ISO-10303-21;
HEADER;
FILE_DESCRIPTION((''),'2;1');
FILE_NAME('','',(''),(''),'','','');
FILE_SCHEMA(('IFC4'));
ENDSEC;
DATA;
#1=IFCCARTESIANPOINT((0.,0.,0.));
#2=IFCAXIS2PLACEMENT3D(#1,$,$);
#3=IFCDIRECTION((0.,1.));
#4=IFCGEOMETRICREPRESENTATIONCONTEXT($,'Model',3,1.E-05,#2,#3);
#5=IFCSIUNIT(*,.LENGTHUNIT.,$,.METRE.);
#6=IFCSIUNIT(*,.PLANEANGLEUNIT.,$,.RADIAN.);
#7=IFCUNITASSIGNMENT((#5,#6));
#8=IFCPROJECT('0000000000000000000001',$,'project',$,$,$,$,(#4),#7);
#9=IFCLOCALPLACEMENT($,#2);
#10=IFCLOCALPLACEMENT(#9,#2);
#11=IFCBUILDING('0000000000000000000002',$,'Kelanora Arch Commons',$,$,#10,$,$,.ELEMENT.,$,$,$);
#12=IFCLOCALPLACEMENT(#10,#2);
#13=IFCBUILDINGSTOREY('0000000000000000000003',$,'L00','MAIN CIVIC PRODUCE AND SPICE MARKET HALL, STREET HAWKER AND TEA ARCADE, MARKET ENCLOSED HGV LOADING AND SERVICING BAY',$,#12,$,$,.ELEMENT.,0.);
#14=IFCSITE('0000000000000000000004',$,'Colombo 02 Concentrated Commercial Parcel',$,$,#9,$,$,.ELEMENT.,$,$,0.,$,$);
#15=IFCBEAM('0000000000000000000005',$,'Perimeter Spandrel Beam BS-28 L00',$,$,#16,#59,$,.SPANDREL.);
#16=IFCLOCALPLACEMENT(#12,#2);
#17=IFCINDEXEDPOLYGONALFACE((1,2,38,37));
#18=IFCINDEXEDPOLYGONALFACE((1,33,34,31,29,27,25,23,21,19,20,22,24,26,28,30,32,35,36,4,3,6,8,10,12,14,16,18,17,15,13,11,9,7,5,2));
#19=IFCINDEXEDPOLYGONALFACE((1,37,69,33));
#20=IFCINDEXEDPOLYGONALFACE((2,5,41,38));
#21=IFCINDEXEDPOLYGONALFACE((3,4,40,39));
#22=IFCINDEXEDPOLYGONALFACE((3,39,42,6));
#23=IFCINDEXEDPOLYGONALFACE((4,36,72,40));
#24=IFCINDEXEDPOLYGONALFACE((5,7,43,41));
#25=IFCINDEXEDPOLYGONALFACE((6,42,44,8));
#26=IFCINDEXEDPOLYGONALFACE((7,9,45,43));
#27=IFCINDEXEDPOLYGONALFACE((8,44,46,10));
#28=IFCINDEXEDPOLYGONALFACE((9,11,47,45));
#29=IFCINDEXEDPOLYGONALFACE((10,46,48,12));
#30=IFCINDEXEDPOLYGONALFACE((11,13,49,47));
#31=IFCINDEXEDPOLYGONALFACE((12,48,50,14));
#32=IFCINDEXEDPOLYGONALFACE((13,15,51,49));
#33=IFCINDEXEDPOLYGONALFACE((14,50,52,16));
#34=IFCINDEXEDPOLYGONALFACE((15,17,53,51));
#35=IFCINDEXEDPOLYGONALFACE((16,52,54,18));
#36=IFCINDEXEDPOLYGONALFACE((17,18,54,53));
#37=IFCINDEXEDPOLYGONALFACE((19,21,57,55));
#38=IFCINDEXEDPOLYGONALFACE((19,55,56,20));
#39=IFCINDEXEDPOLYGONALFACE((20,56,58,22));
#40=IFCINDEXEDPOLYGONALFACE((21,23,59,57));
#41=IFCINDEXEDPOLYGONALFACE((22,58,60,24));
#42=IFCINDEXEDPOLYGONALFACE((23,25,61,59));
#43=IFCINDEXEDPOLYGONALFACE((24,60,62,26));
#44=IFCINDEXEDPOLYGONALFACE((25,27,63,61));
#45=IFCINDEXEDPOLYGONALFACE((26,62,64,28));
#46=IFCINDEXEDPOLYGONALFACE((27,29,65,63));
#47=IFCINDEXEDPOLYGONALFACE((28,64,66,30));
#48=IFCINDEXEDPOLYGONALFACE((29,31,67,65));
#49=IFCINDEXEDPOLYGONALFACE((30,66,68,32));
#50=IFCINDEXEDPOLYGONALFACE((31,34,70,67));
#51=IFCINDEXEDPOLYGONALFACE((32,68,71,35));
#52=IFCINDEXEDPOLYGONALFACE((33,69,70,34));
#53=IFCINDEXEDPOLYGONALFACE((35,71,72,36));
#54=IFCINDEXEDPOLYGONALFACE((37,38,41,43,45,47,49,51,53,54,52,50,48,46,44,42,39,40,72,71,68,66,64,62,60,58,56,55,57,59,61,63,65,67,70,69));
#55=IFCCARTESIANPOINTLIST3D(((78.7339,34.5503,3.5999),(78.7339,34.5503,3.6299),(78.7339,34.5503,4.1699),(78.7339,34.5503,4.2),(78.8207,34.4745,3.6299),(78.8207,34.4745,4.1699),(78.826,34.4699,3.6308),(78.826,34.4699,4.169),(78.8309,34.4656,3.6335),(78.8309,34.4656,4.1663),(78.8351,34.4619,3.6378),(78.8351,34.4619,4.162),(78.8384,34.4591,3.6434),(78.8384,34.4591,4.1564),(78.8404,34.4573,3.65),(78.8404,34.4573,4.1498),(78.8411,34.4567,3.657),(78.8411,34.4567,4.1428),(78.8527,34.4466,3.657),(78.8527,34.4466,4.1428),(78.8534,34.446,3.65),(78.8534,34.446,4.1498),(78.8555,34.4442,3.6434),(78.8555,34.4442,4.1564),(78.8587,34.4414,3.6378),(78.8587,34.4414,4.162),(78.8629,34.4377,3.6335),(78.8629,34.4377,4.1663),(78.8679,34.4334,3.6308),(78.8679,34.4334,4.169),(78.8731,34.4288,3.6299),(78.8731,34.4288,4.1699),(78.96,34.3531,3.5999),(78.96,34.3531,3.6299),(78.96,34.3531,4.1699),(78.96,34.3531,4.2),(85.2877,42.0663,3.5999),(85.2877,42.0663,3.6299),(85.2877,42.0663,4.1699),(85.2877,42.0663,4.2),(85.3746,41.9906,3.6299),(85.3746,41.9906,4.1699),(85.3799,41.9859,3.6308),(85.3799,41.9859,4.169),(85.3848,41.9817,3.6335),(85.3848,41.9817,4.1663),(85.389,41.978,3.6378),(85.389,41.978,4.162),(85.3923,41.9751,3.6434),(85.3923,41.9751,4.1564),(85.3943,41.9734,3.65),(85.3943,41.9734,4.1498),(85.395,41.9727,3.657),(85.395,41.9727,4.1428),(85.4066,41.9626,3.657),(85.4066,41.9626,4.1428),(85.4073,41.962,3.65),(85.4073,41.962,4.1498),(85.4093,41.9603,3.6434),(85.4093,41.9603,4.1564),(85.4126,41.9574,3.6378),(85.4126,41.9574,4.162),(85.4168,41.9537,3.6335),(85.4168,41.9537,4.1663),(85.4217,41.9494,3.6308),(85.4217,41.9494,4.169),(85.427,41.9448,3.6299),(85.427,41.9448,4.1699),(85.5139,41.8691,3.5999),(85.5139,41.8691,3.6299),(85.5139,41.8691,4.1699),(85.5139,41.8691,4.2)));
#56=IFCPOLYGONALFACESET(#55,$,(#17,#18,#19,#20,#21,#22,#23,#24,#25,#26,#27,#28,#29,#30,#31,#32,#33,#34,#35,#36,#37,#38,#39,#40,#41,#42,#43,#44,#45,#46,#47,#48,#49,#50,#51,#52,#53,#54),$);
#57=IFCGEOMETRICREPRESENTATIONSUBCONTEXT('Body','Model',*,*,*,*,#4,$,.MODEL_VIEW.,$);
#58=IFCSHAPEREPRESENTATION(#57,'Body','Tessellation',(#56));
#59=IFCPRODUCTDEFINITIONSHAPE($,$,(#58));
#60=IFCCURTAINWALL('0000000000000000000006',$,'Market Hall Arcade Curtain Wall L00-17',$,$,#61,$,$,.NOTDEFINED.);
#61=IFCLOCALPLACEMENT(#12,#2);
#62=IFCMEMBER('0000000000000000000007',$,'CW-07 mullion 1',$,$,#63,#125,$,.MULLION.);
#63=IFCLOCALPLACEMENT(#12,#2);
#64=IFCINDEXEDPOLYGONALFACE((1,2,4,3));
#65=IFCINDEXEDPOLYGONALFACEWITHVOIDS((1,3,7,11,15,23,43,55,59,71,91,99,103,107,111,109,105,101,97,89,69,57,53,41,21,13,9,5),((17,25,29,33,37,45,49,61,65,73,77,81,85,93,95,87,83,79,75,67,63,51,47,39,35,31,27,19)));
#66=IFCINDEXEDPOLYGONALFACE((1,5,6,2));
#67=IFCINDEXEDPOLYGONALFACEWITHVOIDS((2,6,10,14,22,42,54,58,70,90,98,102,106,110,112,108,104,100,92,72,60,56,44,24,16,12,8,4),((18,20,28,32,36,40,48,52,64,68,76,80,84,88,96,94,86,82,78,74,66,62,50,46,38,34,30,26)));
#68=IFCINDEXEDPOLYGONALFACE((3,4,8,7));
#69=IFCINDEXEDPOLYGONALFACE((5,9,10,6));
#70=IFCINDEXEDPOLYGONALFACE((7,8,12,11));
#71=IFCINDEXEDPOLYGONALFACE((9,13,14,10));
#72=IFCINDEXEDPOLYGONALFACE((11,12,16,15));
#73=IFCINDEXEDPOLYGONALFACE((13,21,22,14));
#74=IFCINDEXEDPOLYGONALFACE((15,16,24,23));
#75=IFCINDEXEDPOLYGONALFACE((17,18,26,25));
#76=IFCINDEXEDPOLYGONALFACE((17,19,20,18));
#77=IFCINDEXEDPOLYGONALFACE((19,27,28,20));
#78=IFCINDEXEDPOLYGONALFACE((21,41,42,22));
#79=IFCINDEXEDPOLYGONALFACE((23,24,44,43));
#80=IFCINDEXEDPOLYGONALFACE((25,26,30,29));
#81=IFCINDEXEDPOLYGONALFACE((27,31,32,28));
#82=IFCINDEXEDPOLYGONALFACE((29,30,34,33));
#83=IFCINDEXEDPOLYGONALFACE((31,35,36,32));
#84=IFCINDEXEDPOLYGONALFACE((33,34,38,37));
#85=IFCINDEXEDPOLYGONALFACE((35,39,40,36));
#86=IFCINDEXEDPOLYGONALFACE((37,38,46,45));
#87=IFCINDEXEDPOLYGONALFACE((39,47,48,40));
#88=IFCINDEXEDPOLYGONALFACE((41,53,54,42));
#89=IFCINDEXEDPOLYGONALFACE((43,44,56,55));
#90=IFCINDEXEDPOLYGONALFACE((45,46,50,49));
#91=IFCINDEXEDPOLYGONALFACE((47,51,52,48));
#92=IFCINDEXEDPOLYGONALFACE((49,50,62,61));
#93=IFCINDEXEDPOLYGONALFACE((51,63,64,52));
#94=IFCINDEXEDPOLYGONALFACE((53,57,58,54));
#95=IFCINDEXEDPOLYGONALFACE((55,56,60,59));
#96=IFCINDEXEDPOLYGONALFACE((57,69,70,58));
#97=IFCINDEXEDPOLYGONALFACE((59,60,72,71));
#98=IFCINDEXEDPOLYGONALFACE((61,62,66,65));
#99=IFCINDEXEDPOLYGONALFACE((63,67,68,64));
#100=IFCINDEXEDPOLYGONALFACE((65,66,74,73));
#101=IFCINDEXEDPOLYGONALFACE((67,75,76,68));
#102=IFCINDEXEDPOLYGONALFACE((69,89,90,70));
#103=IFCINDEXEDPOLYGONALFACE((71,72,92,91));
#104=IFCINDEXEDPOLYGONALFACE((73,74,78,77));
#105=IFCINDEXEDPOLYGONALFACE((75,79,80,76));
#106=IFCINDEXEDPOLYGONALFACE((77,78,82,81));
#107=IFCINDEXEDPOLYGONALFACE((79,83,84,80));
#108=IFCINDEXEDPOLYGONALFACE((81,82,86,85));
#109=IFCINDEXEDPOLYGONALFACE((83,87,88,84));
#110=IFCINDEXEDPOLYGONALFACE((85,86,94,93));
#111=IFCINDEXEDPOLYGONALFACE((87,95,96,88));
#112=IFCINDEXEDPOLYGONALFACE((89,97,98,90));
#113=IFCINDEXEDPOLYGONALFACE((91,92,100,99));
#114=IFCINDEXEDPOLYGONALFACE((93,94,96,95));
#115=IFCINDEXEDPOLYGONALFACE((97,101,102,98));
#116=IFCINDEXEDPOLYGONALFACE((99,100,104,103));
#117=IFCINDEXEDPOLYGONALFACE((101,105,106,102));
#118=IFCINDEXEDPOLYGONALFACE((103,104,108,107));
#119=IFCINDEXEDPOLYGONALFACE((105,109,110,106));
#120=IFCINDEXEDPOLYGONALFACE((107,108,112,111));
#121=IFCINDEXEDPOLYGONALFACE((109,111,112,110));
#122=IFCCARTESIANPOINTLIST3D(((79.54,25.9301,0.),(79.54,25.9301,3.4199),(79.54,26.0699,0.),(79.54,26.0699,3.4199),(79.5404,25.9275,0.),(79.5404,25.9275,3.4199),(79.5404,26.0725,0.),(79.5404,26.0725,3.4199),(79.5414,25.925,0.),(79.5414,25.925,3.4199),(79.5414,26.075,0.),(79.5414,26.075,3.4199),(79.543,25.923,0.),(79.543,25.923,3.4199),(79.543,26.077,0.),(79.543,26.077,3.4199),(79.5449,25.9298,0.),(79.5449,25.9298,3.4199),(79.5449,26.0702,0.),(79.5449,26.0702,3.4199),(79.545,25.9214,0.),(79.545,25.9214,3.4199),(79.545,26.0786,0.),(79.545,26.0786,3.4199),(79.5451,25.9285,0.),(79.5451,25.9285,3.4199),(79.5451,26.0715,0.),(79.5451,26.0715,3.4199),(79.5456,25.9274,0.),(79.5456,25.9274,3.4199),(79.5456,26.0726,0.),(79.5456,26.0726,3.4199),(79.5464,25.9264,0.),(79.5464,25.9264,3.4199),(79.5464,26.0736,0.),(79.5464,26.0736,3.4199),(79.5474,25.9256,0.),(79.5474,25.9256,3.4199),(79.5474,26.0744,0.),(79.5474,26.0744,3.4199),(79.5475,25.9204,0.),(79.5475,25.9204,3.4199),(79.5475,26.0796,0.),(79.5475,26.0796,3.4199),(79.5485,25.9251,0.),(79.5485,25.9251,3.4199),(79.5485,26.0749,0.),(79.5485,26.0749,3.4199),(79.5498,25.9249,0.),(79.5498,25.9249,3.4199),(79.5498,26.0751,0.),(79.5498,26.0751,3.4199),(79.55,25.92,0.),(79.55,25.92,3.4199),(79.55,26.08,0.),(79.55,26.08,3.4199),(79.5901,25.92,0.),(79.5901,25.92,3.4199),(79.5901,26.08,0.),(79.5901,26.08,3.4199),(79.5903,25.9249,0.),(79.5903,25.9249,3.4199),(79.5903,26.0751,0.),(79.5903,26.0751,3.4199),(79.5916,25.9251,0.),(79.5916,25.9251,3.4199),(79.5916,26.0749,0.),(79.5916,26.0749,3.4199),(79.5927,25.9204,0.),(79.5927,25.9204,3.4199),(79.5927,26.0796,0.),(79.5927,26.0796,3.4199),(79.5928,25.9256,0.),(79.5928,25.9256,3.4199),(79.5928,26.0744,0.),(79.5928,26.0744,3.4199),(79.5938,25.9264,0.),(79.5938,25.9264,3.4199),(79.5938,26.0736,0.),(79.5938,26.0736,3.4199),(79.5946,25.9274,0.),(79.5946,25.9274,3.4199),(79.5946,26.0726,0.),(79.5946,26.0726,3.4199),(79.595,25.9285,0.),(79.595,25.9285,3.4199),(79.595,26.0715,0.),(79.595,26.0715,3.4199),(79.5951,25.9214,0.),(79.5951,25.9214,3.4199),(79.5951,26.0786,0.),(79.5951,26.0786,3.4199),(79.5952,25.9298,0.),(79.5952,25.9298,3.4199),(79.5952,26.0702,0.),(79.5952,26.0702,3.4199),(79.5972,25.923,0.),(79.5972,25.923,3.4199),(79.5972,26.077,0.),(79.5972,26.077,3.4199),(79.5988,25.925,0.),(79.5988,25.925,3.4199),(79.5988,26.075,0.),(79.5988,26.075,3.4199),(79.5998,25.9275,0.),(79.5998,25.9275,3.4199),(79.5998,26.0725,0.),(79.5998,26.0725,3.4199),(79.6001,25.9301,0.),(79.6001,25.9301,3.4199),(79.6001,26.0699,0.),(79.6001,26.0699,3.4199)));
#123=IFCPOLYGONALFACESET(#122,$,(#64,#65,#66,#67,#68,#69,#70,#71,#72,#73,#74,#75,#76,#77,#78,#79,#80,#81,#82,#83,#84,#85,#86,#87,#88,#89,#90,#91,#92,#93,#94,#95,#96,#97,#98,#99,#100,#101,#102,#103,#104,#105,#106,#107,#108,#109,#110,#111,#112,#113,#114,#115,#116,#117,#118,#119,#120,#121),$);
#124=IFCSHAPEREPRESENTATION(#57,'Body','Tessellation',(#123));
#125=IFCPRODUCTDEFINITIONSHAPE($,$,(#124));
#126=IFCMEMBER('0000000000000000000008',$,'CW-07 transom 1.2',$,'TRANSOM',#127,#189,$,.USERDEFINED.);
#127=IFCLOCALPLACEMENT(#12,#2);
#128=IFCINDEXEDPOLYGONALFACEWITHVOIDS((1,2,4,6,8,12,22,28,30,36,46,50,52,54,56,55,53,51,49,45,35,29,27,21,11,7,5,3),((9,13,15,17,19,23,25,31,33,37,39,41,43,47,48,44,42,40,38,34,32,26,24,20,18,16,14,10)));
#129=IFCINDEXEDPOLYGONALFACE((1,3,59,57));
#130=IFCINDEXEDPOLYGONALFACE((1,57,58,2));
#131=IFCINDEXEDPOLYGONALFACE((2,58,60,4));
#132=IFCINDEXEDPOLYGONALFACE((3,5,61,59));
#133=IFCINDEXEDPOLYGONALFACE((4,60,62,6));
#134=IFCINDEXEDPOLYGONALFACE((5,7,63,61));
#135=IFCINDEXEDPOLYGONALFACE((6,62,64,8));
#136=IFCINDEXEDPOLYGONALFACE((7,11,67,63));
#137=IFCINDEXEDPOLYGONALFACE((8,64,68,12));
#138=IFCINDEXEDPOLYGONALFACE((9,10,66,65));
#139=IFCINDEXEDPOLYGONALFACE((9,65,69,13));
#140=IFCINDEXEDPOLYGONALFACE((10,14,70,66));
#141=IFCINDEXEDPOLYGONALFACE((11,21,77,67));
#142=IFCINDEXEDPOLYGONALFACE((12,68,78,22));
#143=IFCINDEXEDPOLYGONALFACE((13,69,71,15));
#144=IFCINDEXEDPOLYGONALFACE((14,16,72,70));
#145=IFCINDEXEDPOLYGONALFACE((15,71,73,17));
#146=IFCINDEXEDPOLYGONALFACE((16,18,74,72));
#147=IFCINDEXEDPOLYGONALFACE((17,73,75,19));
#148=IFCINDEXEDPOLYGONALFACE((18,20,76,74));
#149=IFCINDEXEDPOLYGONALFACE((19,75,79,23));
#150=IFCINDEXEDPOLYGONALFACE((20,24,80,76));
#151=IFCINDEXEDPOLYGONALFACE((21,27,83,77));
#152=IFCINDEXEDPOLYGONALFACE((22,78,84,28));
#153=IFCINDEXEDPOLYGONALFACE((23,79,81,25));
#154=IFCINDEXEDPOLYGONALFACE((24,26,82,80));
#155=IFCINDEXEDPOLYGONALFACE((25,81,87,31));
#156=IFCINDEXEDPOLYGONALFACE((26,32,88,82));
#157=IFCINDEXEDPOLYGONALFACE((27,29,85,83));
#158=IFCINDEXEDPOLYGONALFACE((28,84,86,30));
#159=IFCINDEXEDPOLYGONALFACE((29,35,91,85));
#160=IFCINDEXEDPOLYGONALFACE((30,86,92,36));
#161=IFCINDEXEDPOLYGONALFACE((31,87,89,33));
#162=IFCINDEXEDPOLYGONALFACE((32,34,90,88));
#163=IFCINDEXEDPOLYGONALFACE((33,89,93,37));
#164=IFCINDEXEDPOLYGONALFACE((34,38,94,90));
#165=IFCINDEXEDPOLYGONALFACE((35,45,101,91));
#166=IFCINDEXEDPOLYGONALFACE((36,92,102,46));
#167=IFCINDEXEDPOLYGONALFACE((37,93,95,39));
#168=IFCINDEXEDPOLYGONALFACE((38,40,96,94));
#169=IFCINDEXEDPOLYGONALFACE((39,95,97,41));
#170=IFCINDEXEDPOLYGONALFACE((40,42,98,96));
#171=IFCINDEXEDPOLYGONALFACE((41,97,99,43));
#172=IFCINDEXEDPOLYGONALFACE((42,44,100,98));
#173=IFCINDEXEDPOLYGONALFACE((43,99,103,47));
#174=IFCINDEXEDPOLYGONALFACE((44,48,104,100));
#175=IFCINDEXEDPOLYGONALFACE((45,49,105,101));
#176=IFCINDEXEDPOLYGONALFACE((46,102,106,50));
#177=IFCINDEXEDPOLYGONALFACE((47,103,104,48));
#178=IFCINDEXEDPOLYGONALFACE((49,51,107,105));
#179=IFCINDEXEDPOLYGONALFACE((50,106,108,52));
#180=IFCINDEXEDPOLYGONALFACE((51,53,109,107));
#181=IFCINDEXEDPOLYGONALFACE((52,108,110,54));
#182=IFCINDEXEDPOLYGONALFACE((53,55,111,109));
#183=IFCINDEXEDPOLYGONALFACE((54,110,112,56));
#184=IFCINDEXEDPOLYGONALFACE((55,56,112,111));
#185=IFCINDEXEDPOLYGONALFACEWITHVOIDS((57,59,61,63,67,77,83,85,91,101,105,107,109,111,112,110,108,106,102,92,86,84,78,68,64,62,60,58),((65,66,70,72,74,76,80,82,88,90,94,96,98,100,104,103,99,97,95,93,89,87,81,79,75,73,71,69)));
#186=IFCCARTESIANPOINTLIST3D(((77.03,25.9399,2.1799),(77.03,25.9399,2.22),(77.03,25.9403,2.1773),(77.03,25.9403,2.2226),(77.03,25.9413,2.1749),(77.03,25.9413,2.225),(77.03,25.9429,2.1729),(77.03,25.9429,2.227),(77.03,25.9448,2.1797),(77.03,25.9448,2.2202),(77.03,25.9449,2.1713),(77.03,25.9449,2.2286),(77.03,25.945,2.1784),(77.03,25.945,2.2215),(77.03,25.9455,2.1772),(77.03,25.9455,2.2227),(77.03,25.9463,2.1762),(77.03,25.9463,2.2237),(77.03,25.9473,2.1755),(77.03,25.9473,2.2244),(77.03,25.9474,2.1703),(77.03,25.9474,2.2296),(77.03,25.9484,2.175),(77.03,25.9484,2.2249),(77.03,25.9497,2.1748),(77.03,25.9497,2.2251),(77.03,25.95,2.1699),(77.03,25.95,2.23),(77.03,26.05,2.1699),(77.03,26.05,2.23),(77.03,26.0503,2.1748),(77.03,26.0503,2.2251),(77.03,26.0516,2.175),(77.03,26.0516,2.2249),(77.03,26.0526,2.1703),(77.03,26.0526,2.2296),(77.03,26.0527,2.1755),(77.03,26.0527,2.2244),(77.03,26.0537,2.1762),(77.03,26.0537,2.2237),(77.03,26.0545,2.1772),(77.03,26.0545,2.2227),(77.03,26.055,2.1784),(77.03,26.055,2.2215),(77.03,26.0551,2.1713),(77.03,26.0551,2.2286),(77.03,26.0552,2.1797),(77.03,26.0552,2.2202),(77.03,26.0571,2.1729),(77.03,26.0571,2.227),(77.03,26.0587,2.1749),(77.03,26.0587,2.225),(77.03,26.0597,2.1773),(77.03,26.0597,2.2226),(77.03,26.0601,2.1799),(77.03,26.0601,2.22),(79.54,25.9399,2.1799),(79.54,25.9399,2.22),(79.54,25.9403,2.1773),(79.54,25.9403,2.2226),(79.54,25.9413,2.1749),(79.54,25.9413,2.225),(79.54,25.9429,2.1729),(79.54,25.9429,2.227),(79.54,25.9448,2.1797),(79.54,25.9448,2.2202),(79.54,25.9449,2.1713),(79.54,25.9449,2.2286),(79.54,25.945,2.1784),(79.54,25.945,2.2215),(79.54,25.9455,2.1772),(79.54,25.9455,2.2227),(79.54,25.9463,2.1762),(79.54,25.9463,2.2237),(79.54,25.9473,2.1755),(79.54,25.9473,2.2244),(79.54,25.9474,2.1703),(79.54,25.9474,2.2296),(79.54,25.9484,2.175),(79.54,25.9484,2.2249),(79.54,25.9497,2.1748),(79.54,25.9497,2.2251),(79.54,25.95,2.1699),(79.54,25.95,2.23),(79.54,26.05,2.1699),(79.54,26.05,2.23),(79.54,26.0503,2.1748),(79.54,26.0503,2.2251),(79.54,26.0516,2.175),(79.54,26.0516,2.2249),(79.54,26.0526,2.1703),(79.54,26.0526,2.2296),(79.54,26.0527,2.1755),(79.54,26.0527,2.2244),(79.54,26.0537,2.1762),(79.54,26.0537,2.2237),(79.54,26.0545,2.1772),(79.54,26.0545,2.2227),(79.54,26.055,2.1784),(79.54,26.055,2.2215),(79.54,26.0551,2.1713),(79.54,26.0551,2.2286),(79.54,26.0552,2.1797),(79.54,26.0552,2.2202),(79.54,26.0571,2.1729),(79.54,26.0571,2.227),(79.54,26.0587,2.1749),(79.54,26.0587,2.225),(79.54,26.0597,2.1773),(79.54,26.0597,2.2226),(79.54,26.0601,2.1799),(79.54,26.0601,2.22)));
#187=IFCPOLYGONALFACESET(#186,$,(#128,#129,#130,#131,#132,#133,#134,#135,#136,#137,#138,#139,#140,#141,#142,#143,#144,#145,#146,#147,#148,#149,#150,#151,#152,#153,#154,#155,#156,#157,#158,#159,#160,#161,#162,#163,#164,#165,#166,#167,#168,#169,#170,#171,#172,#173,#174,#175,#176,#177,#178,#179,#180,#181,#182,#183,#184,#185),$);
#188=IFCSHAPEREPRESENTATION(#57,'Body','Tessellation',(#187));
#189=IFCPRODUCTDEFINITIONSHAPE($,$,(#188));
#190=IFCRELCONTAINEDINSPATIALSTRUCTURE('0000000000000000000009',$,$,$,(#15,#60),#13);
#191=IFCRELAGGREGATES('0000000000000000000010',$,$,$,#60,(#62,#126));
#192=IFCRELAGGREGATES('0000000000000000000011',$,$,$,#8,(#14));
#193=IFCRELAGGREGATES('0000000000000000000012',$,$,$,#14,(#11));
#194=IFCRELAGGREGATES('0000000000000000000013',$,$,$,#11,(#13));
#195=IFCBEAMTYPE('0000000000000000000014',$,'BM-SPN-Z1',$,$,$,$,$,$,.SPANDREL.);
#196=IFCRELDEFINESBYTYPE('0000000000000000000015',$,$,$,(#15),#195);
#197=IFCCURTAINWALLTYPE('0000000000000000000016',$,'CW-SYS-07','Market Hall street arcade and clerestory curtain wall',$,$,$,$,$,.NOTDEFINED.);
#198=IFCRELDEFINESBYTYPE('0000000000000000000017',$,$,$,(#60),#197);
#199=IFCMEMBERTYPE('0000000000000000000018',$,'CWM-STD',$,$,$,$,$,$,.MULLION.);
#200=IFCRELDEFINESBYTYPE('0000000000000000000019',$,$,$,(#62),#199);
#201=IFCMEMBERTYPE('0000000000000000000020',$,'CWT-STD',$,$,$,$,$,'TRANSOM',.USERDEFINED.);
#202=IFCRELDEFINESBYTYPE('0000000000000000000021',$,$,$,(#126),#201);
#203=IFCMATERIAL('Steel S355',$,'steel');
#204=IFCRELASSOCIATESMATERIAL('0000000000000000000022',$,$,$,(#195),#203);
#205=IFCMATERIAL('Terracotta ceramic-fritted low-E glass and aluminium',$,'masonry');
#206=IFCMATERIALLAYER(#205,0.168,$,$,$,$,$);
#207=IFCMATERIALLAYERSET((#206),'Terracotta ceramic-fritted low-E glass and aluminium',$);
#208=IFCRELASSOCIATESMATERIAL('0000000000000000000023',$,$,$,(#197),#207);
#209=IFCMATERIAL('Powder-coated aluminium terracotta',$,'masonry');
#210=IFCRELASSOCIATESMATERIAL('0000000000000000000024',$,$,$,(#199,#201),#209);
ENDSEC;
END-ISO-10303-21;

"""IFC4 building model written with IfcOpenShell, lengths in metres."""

from ifc_helpers import new_model, si_unit, direction, frame, origin, origin_2d, place, context, subcontext, project, spatial, hollow_rectangle, i_section, extrude, material, layer, layer_set, material_profile, profile_set, type_object, element, aggregate, save


model = new_model("IFC4")

# Units and contexts
model_context = context("Model", 3, precision=1e-05, world=origin(), true_north=direction((0.0, 1.0)))
body_context = subcontext(model_context, "Body", "Model", "MODEL_VIEW")
ifc_project = project(units=[si_unit("LENGTHUNIT", "METRE"), si_unit("PLANEANGLEUNIT", "RADIAN")], contexts=[model_context])

# Site, building, storey
site_placement = place(None, origin())
site = spatial("IfcSite", under=ifc_project, at=site_placement, Name="Colombo 02 Concentrated Commercial Parcel", CompositionType="ELEMENT", RefElevation=0.0)
building_placement = place(site_placement, origin())
building = spatial("IfcBuilding", under=site, at=building_placement, Name="Kelanora Arch Commons", CompositionType="ELEMENT")
storey_placement = place(building_placement, origin())
storey = spatial("IfcBuildingStorey", under=building, at=storey_placement, Name="L00", Description="MAIN CIVIC PRODUCE AND SPICE MARKET HALL, STREET HAWKER AND TEA ARCADE, MARKET ENCLOSED HGV LOADING AND SERVICING BAY", CompositionType="ELEMENT", Elevation=0.0)

# Beam
ifc_material_1 = material(Name="Steel S355", Category="steel")
ifc_material_profile_1 = material_profile(ifc_material_1, i_section(OverallWidth=0.3, OverallDepth=0.6001, WebThickness=0.0154, FlangeThickness=0.03, FilletRadius=0.0271, at=origin_2d()), Name="HEB600")
ifc_profile_set_1 = profile_set([ifc_material_profile_1], Name="Steel S355")
beam_type_1 = type_object("IfcBeamType", Name="BM-SPN-Z1", PredefinedType="SPANDREL", material=ifc_profile_set_1)
beam_1_placement = place(storey_placement, frame((78.8469, 34.4517, 3.8999), z_axis=(0.657218, 0.753701, 0.0), x_axis=(-0.753701, 0.657218, 0.0)))
element("IfcBeam", 1, at=beam_1_placement, inside=storey, type_object=beam_type_1, Name="Perimeter Spandrel Beam BS-28 L00", PredefinedType="SPANDREL", context=body_context, shape_type="SweptSolid", body=[
    extrude(i_section(OverallWidth=0.3, OverallDepth=0.6001, WebThickness=0.0154, FlangeThickness=0.03, FilletRadius=0.0271, at=origin_2d()), origin(), (0.0, 0.0, 1.0), 9.9722),
])

# Curtain wall, members
ifc_material_2 = material(Name="Terracotta ceramic-fritted low-E glass and aluminium", Category="masonry")
ifc_layer_1 = layer(ifc_material_2, 0.168)
ifc_layer_set_1 = layer_set([ifc_layer_1], Name="Terracotta ceramic-fritted low-E glass and aluminium")
curtain_wall_type = type_object("IfcCurtainWallType", Name="CW-SYS-07", Description="Market Hall street arcade and clerestory curtain wall", PredefinedType="NOTDEFINED", material=ifc_layer_set_1)
curtain_wall_placement = place(storey_placement, origin())
curtain_wall = element("IfcCurtainWall", 2, at=curtain_wall_placement, inside=storey, type_object=curtain_wall_type, Name="Market Hall Arcade Curtain Wall L00-17", PredefinedType="NOTDEFINED")
ifc_material_3 = material(Name="Powder-coated aluminium terracotta", Category="masonry")
ifc_material_profile_2 = material_profile(ifc_material_3, hollow_rectangle(XDim=0.1599, YDim=0.0601, WallThickness=0.0049, InnerFilletRadius=0.0049, OuterFilletRadius=0.01, at=origin_2d()), Name="CWM160x60")
ifc_profile_set_2 = profile_set([ifc_material_profile_2], Name="Powder-coated aluminium terracotta")
member_type_1 = type_object("IfcMemberType", Name="CWM-STD", PredefinedType="MULLION", material=ifc_profile_set_2)
member_1_placement = place(storey_placement, frame((79.5701, 26.0, 0.0), z_axis=(0.0, 0.0, 1.0), x_axis=(0.0, -1.0, 0.0)))
member_1 = element("IfcMember", 3, at=member_1_placement, type_object=member_type_1, Name="CW-07 mullion 1", PredefinedType="MULLION", context=body_context, shape_type="SweptSolid", body=[
    extrude(hollow_rectangle(XDim=0.1599, YDim=0.0601, WallThickness=0.0049, InnerFilletRadius=0.0049, OuterFilletRadius=0.01, at=origin_2d()), origin(), (0.0, 0.0, 1.0), 3.4199),
])
ifc_material_profile_3 = material_profile(ifc_material_3, hollow_rectangle(XDim=0.1201, YDim=0.0601, WallThickness=0.0049, InnerFilletRadius=0.0049, OuterFilletRadius=0.01, at=origin_2d()), Name="CWT120x60")
ifc_profile_set_3 = profile_set([ifc_material_profile_3], Name="Powder-coated aluminium terracotta")
member_type_2 = type_object("IfcMemberType", Name="CWT-STD", ElementType="TRANSOM", PredefinedType="USERDEFINED", material=ifc_profile_set_3)
member_2_placement = place(storey_placement, frame((79.54, 26.0, 2.2), z_axis=(-1.0, 0.0, 0.0), x_axis=(0.0, -1.0, 0.0)))
member_2 = element("IfcMember", 4, at=member_2_placement, type_object=member_type_2, Name="CW-07 transom 1.2", ObjectType="TRANSOM", PredefinedType="USERDEFINED", context=body_context, shape_type="SweptSolid", body=[
    extrude(hollow_rectangle(XDim=0.1201, YDim=0.0601, WallThickness=0.0049, InnerFilletRadius=0.0049, OuterFilletRadius=0.01, at=origin_2d()), origin(), (0.0, 0.0, 1.0), 2.51),
])
aggregate(curtain_wall, [member_1, member_2])

save(model, "model.ifc")
